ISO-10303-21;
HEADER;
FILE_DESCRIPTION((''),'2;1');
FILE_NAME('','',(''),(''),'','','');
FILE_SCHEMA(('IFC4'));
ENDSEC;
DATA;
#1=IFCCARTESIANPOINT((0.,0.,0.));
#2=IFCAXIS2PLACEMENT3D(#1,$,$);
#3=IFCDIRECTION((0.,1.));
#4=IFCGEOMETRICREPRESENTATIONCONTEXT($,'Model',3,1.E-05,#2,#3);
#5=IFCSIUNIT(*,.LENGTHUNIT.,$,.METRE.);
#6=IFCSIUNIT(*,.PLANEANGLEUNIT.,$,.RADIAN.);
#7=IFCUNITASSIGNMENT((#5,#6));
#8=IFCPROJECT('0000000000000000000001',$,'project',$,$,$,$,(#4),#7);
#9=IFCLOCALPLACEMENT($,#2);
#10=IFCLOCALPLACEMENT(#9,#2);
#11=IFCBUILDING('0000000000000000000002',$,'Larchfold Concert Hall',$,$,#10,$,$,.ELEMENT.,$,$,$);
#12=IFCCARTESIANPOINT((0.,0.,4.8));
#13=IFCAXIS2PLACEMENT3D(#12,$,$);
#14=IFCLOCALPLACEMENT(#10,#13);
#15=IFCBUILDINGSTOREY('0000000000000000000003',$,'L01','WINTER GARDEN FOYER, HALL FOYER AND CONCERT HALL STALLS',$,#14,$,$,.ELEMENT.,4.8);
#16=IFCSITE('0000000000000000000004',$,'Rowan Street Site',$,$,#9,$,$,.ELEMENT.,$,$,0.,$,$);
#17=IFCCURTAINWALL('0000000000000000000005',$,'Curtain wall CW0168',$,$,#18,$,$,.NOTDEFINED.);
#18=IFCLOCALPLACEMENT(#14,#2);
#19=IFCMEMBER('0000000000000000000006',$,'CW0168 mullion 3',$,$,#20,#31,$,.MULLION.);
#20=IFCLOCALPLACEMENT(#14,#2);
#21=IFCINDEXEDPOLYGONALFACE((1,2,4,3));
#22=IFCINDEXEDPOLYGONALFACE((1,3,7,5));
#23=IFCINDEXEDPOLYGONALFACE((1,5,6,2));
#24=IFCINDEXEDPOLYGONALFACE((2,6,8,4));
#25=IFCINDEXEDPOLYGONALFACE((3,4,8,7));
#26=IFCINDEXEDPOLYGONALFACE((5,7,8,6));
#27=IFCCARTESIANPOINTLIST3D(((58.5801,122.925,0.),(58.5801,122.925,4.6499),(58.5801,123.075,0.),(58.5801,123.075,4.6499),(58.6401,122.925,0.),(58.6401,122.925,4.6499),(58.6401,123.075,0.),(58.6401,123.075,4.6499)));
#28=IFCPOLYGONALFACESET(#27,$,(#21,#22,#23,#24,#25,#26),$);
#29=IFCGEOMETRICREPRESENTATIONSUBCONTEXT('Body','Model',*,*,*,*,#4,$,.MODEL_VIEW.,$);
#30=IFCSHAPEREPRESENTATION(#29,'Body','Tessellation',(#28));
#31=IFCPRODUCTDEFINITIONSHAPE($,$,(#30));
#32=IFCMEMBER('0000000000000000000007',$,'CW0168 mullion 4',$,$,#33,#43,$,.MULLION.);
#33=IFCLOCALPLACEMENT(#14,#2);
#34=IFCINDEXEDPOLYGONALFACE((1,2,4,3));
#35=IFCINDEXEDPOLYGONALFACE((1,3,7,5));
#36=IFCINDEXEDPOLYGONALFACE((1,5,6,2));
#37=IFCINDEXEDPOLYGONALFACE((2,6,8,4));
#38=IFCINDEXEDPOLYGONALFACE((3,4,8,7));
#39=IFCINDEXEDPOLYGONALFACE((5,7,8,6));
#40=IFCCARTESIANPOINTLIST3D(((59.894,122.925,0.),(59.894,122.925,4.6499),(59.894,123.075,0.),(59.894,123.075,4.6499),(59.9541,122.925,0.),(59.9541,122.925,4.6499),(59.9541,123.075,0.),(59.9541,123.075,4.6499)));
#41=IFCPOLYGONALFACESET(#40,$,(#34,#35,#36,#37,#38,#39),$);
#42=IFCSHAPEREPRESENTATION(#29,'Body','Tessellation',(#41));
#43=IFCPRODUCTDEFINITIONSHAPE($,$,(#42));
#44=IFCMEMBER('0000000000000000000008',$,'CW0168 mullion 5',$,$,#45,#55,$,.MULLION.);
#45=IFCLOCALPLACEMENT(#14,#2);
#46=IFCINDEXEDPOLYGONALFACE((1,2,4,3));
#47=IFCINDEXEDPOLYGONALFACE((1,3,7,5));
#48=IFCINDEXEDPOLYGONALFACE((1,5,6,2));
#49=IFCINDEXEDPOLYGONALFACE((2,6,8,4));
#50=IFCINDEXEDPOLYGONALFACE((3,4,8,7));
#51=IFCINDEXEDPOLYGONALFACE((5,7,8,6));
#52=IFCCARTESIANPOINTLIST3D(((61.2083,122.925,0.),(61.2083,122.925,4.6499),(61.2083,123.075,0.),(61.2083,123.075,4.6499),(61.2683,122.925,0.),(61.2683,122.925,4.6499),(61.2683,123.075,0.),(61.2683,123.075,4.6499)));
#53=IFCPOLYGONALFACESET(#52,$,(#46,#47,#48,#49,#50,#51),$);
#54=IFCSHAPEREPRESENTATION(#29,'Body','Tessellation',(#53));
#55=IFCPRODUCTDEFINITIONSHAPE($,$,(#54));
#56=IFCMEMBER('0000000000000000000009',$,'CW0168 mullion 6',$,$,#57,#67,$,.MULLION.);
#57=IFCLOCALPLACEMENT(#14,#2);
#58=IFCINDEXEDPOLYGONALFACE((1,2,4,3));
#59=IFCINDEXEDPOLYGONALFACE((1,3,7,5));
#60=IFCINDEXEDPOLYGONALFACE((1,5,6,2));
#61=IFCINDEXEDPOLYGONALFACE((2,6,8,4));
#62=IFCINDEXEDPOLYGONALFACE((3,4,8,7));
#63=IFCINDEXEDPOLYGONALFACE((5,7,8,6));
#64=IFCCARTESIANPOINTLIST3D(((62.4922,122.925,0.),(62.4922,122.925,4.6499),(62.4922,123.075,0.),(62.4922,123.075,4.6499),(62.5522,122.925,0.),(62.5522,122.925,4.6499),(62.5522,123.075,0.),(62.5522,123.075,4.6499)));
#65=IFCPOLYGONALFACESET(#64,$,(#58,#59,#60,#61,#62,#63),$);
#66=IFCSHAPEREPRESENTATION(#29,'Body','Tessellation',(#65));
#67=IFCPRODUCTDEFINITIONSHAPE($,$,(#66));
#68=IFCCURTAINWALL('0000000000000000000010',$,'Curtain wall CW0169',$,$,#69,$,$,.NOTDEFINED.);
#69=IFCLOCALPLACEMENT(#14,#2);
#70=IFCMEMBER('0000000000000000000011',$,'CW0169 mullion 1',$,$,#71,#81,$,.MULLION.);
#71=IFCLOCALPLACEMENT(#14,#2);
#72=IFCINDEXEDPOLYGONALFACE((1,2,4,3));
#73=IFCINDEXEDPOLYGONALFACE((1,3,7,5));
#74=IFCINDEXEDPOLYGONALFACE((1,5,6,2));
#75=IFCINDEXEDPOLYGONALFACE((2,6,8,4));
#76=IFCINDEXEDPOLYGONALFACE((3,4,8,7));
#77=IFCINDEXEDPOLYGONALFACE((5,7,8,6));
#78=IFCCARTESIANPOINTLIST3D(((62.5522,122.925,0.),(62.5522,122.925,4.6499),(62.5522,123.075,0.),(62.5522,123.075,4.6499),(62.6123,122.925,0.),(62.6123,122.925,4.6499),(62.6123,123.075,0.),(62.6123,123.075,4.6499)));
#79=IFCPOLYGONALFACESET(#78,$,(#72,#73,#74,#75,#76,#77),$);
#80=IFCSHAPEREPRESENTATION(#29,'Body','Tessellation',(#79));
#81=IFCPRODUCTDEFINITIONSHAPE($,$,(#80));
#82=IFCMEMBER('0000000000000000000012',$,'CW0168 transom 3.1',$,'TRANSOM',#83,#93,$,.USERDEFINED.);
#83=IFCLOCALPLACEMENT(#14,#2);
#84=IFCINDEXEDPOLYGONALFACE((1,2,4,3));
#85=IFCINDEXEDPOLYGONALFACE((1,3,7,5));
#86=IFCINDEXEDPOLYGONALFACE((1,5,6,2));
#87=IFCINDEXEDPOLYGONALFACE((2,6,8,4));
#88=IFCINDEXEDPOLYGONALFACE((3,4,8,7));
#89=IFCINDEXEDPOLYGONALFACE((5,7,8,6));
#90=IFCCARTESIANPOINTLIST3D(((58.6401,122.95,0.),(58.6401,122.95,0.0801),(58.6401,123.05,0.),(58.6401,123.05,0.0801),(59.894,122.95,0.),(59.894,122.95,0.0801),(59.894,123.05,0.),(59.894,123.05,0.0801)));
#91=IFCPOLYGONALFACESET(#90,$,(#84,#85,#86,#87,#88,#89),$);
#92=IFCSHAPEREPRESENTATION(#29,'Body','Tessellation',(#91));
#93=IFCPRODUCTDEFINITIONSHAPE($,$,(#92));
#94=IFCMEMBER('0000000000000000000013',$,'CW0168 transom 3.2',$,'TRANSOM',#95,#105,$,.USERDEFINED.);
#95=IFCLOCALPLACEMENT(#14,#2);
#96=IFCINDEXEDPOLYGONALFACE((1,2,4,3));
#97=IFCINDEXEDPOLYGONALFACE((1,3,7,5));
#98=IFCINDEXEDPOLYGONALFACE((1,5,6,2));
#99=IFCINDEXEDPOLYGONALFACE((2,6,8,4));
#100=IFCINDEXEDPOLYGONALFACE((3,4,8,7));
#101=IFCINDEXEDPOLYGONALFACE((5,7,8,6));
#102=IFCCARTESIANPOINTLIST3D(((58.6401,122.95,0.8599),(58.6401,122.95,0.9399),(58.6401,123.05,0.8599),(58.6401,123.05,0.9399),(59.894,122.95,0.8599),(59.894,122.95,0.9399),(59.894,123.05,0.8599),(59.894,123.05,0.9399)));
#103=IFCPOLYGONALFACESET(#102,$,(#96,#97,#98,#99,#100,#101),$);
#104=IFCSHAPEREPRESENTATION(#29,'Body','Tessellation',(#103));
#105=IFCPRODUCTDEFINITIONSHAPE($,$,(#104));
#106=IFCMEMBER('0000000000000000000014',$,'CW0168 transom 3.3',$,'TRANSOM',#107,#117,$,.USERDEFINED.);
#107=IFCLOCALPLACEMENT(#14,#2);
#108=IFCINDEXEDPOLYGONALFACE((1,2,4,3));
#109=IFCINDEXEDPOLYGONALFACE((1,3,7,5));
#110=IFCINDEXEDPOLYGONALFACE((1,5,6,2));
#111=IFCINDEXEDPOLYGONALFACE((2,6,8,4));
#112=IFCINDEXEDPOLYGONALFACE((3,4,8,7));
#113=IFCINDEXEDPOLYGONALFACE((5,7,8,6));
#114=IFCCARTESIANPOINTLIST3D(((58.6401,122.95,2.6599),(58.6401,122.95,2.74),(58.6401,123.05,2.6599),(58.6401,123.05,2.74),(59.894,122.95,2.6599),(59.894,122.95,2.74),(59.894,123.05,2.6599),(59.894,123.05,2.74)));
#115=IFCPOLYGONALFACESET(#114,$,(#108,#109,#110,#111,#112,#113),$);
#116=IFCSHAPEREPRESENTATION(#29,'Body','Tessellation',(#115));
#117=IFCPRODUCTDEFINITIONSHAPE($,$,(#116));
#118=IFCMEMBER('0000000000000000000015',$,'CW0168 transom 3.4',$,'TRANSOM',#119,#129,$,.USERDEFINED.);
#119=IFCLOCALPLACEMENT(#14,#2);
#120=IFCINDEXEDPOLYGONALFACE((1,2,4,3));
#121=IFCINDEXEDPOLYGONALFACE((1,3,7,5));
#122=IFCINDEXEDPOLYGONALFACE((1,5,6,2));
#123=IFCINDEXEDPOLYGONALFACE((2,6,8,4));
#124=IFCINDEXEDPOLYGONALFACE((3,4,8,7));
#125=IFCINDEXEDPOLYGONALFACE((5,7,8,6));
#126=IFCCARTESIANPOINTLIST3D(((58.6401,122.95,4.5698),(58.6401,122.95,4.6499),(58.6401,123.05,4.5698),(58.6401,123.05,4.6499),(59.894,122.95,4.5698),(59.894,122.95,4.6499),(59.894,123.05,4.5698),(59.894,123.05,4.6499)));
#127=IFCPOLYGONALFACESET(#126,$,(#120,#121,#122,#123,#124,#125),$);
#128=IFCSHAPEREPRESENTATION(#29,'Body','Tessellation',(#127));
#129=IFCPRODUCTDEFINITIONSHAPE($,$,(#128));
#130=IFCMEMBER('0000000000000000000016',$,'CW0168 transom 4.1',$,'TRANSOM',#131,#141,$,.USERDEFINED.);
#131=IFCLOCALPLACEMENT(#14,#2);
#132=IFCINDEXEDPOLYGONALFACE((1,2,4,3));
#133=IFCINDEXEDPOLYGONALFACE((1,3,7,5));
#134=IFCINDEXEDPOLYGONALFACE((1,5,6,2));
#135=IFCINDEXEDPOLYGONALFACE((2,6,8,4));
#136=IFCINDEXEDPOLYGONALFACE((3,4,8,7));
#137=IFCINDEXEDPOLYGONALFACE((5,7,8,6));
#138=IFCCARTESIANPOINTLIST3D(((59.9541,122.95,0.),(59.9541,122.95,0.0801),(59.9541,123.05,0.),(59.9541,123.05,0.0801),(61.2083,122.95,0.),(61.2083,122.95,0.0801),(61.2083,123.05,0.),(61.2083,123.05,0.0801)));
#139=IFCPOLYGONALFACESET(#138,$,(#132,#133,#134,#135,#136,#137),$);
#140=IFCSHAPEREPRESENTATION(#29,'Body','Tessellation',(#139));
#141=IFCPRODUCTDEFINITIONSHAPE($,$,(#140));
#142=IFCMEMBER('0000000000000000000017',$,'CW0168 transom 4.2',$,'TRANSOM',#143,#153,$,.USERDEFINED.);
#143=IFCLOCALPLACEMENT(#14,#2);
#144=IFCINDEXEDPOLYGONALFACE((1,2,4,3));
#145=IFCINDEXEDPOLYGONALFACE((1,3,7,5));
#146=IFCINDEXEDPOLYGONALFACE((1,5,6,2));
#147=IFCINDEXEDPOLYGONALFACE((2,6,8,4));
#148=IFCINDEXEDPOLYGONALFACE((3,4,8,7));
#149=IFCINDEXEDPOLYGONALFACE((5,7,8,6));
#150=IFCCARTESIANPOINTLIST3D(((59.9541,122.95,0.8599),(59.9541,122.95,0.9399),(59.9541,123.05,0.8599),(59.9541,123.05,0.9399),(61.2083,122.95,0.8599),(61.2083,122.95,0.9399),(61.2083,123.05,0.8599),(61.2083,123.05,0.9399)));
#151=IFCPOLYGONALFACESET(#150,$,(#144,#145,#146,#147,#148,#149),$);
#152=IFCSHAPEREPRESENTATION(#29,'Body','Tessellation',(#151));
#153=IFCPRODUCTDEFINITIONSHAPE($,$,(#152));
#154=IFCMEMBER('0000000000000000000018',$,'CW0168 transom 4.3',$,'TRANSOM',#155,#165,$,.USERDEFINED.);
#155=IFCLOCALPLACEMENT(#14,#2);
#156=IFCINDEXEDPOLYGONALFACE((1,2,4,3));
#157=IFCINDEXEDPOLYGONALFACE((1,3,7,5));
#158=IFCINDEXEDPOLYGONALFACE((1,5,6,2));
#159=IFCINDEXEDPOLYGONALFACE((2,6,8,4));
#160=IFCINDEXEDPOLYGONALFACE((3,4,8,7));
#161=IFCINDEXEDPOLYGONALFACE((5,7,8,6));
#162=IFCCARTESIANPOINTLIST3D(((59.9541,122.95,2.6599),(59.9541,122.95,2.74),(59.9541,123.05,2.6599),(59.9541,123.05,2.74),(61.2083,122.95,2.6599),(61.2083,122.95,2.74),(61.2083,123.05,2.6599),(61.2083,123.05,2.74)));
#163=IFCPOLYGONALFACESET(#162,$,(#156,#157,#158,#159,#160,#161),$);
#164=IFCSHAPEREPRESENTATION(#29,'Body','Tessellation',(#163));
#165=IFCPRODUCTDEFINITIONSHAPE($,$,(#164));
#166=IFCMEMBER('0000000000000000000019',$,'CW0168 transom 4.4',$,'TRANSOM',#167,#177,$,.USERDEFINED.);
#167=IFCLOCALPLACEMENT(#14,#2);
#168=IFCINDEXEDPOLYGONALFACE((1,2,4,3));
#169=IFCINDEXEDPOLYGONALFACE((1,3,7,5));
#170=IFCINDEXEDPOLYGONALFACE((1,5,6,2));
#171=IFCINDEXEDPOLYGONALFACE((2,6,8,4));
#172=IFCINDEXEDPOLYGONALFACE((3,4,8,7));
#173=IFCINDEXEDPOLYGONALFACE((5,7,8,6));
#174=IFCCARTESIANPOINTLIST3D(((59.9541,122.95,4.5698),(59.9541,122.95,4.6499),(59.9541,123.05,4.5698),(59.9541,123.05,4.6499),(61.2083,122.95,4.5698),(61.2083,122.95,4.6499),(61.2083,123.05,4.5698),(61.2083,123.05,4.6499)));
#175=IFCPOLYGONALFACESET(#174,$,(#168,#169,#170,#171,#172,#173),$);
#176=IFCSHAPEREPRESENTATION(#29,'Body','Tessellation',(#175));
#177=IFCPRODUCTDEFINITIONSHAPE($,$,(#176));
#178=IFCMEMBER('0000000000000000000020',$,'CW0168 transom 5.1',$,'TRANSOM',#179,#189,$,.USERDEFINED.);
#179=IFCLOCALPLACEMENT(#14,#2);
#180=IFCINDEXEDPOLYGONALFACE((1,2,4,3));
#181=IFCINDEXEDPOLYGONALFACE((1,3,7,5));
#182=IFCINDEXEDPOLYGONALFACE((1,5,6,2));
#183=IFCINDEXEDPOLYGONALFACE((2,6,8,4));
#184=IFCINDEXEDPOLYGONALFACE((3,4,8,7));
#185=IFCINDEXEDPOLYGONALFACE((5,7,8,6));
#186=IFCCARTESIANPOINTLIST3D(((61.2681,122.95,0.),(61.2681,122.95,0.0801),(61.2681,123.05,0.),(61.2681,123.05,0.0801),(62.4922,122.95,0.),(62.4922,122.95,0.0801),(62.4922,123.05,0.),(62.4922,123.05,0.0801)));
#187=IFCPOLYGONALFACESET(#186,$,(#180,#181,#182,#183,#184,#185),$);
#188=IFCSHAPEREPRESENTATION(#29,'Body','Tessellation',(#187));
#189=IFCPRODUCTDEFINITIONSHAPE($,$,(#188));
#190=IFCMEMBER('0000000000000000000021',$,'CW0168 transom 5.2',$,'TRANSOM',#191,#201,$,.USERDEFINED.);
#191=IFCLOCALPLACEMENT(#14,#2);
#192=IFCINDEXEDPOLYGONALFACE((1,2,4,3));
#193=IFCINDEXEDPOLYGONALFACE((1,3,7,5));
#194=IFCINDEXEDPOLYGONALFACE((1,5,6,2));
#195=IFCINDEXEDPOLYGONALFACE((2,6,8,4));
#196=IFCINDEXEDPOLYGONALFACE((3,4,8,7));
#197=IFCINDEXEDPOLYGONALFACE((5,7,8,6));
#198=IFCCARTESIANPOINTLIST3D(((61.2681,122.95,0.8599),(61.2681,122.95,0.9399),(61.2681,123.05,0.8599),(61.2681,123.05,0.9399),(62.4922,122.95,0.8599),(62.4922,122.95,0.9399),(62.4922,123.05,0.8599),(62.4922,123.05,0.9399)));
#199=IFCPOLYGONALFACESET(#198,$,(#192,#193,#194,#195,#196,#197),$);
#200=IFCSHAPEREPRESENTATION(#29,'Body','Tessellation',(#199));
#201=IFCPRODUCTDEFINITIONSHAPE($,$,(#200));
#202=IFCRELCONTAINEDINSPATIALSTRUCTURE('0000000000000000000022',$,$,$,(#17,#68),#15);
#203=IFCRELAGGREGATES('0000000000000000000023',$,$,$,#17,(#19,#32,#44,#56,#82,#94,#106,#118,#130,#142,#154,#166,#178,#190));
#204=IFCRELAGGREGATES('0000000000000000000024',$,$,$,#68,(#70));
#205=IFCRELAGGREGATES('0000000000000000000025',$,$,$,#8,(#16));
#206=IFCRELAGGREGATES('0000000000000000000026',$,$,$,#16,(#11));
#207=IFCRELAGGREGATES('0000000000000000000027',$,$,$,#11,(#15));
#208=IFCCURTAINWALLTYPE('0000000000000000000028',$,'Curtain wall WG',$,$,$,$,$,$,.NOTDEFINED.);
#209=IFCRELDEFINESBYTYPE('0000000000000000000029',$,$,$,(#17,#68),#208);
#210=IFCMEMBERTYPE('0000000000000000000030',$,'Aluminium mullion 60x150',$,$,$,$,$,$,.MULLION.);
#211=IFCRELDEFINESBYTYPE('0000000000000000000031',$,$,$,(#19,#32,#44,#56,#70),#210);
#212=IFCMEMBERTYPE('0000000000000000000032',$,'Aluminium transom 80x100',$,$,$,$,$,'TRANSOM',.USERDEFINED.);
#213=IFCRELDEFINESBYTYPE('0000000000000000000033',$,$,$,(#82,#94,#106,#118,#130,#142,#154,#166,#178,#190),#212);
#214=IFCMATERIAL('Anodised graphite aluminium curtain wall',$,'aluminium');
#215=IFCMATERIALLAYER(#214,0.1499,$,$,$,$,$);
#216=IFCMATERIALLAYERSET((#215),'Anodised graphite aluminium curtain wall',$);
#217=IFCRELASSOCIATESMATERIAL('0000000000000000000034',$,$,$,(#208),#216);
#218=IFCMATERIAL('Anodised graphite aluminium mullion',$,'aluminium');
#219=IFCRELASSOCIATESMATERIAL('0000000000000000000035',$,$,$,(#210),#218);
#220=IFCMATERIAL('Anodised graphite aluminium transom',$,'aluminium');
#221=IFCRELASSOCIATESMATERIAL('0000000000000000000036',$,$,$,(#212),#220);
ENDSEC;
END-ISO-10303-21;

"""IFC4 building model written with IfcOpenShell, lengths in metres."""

from ifc_helpers import new_model, si_unit, direction, frame, origin, origin_2d, place, context, subcontext, project, spatial, rectangle, extrude, material, layer, layer_set, material_profile, profile_set, type_object, element, aggregate, save


model = new_model("IFC4")

# Units and contexts
model_context = context("Model", 3, precision=1e-05, world=origin(), true_north=direction((0.0, 1.0)))
body_context = subcontext(model_context, "Body", "Model", "MODEL_VIEW")
ifc_project = project(units=[si_unit("LENGTHUNIT", "METRE"), si_unit("PLANEANGLEUNIT", "RADIAN")], contexts=[model_context])

# Site, building, storey
site_placement = place(None, origin())
site = spatial("IfcSite", under=ifc_project, at=site_placement, Name="Rowan Street Site", CompositionType="ELEMENT", RefElevation=0.0)
building_placement = place(site_placement, origin())
building = spatial("IfcBuilding", under=site, at=building_placement, Name="Larchfold Concert Hall", CompositionType="ELEMENT")
storey_placement = place(building_placement, frame((0.0, 0.0, 4.8)))
storey = spatial("IfcBuildingStorey", under=building, at=storey_placement, Name="L01", Description="WINTER GARDEN FOYER, HALL FOYER AND CONCERT HALL STALLS", CompositionType="ELEMENT", Elevation=4.8)

# Curtain wall, members
ifc_material_1 = material(Name="Anodised graphite aluminium curtain wall", Category="aluminium")
ifc_layer_1 = layer(ifc_material_1, 0.1499)
ifc_layer_set_1 = layer_set([ifc_layer_1], Name="Anodised graphite aluminium curtain wall")
curtain_wall_type = type_object("IfcCurtainWallType", Name="Curtain wall WG", PredefinedType="NOTDEFINED", material=ifc_layer_set_1)
curtain_wall_1_placement = place(storey_placement, origin())
curtain_wall_1 = element("IfcCurtainWall", 1, at=curtain_wall_1_placement, inside=storey, type_object=curtain_wall_type, Name="Curtain wall CW0168", PredefinedType="NOTDEFINED")
ifc_material_2 = material(Name="Anodised graphite aluminium mullion", Category="aluminium")
ifc_material_profile_1 = material_profile(ifc_material_2, rectangle(XDim=0.1499, YDim=0.0601, at=origin_2d()))
ifc_profile_set_1 = profile_set([ifc_material_profile_1], Name="Anodised graphite aluminium mullion")
member_type_1 = type_object("IfcMemberType", Name="Aluminium mullion 60x150", PredefinedType="MULLION", material=ifc_profile_set_1)
member_1_placement = place(storey_placement, frame((58.6101, 123.0, 0.0), z_axis=(0.0, 0.0, 1.0), x_axis=(0.0, 1.0, 0.0)))
member_1 = element("IfcMember", 2, at=member_1_placement, type_object=member_type_1, Name="CW0168 mullion 3", PredefinedType="MULLION", context=body_context, shape_type="SweptSolid", body=[
    extrude(rectangle(XDim=0.1499, YDim=0.0601, at=origin_2d()), origin(), (0.0, 0.0, 1.0), 4.6499),
])
member_2_placement = place(storey_placement, frame((59.9241, 123.0, 0.0), z_axis=(0.0, 0.0, 1.0), x_axis=(0.0, 1.0, 0.0)))
member_2 = element("IfcMember", 3, at=member_2_placement, type_object=member_type_1, Name="CW0168 mullion 4", PredefinedType="MULLION", context=body_context, shape_type="SweptSolid", body=[
    extrude(rectangle(XDim=0.1499, YDim=0.0601, at=origin_2d()), origin(), (0.0, 0.0, 1.0), 4.6499),
])
member_3_placement = place(storey_placement, frame((61.2383, 123.0, 0.0), z_axis=(0.0, 0.0, 1.0), x_axis=(0.0, 1.0, 0.0)))
member_3 = element("IfcMember", 4, at=member_3_placement, type_object=member_type_1, Name="CW0168 mullion 5", PredefinedType="MULLION", context=body_context, shape_type="SweptSolid", body=[
    extrude(rectangle(XDim=0.1499, YDim=0.0601, at=origin_2d()), origin(), (0.0, 0.0, 1.0), 4.6499),
])
member_4_placement = place(storey_placement, frame((62.5222, 123.0, 0.0), z_axis=(0.0, 0.0, 1.0), x_axis=(0.0, 1.0, 0.0)))
member_4 = element("IfcMember", 5, at=member_4_placement, type_object=member_type_1, Name="CW0168 mullion 6", PredefinedType="MULLION", context=body_context, shape_type="SweptSolid", body=[
    extrude(rectangle(XDim=0.1499, YDim=0.0601, at=origin_2d()), origin(), (0.0, 0.0, 1.0), 4.6499),
])

# Curtain wall, member
curtain_wall_2_placement = place(storey_placement, origin())
curtain_wall_2 = element("IfcCurtainWall", 6, at=curtain_wall_2_placement, inside=storey, type_object=curtain_wall_type, Name="Curtain wall CW0169", PredefinedType="NOTDEFINED")
member_5_placement = place(storey_placement, frame((62.5823, 123.0, 0.0), z_axis=(0.0, 0.0, 1.0), x_axis=(0.0, 1.0, 0.0)))
member_5 = element("IfcMember", 7, at=member_5_placement, type_object=member_type_1, Name="CW0169 mullion 1", PredefinedType="MULLION", context=body_context, shape_type="SweptSolid", body=[
    extrude(rectangle(XDim=0.1499, YDim=0.0601, at=origin_2d()), origin(), (0.0, 0.0, 1.0), 4.6499),
])

# Members
ifc_material_3 = material(Name="Anodised graphite aluminium transom", Category="aluminium")
ifc_material_profile_2 = material_profile(ifc_material_3, rectangle(XDim=0.1001, YDim=0.0801, at=origin_2d()))
ifc_profile_set_2 = profile_set([ifc_material_profile_2], Name="Anodised graphite aluminium transom")
member_type_2 = type_object("IfcMemberType", Name="Aluminium transom 80x100", ElementType="TRANSOM", PredefinedType="USERDEFINED", material=ifc_profile_set_2)
member_6_placement = place(storey_placement, frame((58.6401, 123.0, 0.04), z_axis=(1.0, 0.0, 0.0), x_axis=(0.0, 1.0, 0.0)))
member_6 = element("IfcMember", 8, at=member_6_placement, type_object=member_type_2, Name="CW0168 transom 3.1", ObjectType="TRANSOM", PredefinedType="USERDEFINED", context=body_context, shape_type="SweptSolid", body=[
    extrude(rectangle(XDim=0.1001, YDim=0.0801, at=origin_2d()), origin(), (0.0, 0.0, 1.0), 1.2539),
])
member_7_placement = place(storey_placement, frame((58.6401, 123.0, 0.8999), z_axis=(1.0, 0.0, 0.0), x_axis=(0.0, 1.0, 0.0)))
member_7 = element("IfcMember", 9, at=member_7_placement, type_object=member_type_2, Name="CW0168 transom 3.2", ObjectType="TRANSOM", PredefinedType="USERDEFINED", context=body_context, shape_type="SweptSolid", body=[
    extrude(rectangle(XDim=0.1001, YDim=0.0801, at=origin_2d()), origin(), (0.0, 0.0, 1.0), 1.2539),
])
member_8_placement = place(storey_placement, frame((58.6401, 123.0, 2.7), z_axis=(1.0, 0.0, 0.0), x_axis=(0.0, 1.0, 0.0)))
member_8 = element("IfcMember", 10, at=member_8_placement, type_object=member_type_2, Name="CW0168 transom 3.3", ObjectType="TRANSOM", PredefinedType="USERDEFINED", context=body_context, shape_type="SweptSolid", body=[
    extrude(rectangle(XDim=0.1001, YDim=0.0801, at=origin_2d()), origin(), (0.0, 0.0, 1.0), 1.2539),
])
member_9_placement = place(storey_placement, frame((58.6401, 123.0, 4.6099), z_axis=(1.0, 0.0, 0.0), x_axis=(0.0, 1.0, 0.0)))
member_9 = element("IfcMember", 11, at=member_9_placement, type_object=member_type_2, Name="CW0168 transom 3.4", ObjectType="TRANSOM", PredefinedType="USERDEFINED", context=body_context, shape_type="SweptSolid", body=[
    extrude(rectangle(XDim=0.1001, YDim=0.0801, at=origin_2d()), origin(), (0.0, 0.0, 1.0), 1.2539),
])
member_10_placement = place(storey_placement, frame((59.9541, 123.0, 0.04), z_axis=(1.0, 0.0, 0.0), x_axis=(0.0, 1.0, 0.0)))
member_10 = element("IfcMember", 12, at=member_10_placement, type_object=member_type_2, Name="CW0168 transom 4.1", ObjectType="TRANSOM", PredefinedType="USERDEFINED", context=body_context, shape_type="SweptSolid", body=[
    extrude(rectangle(XDim=0.1001, YDim=0.0801, at=origin_2d()), origin(), (0.0, 0.0, 1.0), 1.2542),
])
member_11_placement = place(storey_placement, frame((59.9541, 123.0, 0.8999), z_axis=(1.0, 0.0, 0.0), x_axis=(0.0, 1.0, 0.0)))
member_11 = element("IfcMember", 13, at=member_11_placement, type_object=member_type_2, Name="CW0168 transom 4.2", ObjectType="TRANSOM", PredefinedType="USERDEFINED", context=body_context, shape_type="SweptSolid", body=[
    extrude(rectangle(XDim=0.1001, YDim=0.0801, at=origin_2d()), origin(), (0.0, 0.0, 1.0), 1.2542),
])
member_12_placement = place(storey_placement, frame((59.9541, 123.0, 2.7), z_axis=(1.0, 0.0, 0.0), x_axis=(0.0, 1.0, 0.0)))
member_12 = element("IfcMember", 14, at=member_12_placement, type_object=member_type_2, Name="CW0168 transom 4.3", ObjectType="TRANSOM", PredefinedType="USERDEFINED", context=body_context, shape_type="SweptSolid", body=[
    extrude(rectangle(XDim=0.1001, YDim=0.0801, at=origin_2d()), origin(), (0.0, 0.0, 1.0), 1.2542),
])
member_13_placement = place(storey_placement, frame((59.9541, 123.0, 4.6099), z_axis=(1.0, 0.0, 0.0), x_axis=(0.0, 1.0, 0.0)))
member_13 = element("IfcMember", 15, at=member_13_placement, type_object=member_type_2, Name="CW0168 transom 4.4", ObjectType="TRANSOM", PredefinedType="USERDEFINED", context=body_context, shape_type="SweptSolid", body=[
    extrude(rectangle(XDim=0.1001, YDim=0.0801, at=origin_2d()), origin(), (0.0, 0.0, 1.0), 1.2542),
])
member_14_placement = place(storey_placement, frame((61.2681, 123.0, 0.04), z_axis=(1.0, 0.0, 0.0), x_axis=(0.0, 1.0, 0.0)))
member_14 = element("IfcMember", 16, at=member_14_placement, type_object=member_type_2, Name="CW0168 transom 5.1", ObjectType="TRANSOM", PredefinedType="USERDEFINED", context=body_context, shape_type="SweptSolid", body=[
    extrude(rectangle(XDim=0.1001, YDim=0.0801, at=origin_2d()), origin(), (0.0, 0.0, 1.0), 1.2241),
])
member_15_placement = place(storey_placement, frame((61.2681, 123.0, 0.8999), z_axis=(1.0, 0.0, 0.0), x_axis=(0.0, 1.0, 0.0)))
member_15 = element("IfcMember", 17, at=member_15_placement, type_object=member_type_2, Name="CW0168 transom 5.2", ObjectType="TRANSOM", PredefinedType="USERDEFINED", context=body_context, shape_type="SweptSolid", body=[
    extrude(rectangle(XDim=0.1001, YDim=0.0801, at=origin_2d()), origin(), (0.0, 0.0, 1.0), 1.2241),
])

aggregate(curtain_wall_1, [member_1, member_2, member_3, member_4, member_6, member_7, member_8, member_9, member_10, member_11, member_12, member_13, member_14, member_15])
aggregate(curtain_wall_2, [member_5])

save(model, "model.ifc")
